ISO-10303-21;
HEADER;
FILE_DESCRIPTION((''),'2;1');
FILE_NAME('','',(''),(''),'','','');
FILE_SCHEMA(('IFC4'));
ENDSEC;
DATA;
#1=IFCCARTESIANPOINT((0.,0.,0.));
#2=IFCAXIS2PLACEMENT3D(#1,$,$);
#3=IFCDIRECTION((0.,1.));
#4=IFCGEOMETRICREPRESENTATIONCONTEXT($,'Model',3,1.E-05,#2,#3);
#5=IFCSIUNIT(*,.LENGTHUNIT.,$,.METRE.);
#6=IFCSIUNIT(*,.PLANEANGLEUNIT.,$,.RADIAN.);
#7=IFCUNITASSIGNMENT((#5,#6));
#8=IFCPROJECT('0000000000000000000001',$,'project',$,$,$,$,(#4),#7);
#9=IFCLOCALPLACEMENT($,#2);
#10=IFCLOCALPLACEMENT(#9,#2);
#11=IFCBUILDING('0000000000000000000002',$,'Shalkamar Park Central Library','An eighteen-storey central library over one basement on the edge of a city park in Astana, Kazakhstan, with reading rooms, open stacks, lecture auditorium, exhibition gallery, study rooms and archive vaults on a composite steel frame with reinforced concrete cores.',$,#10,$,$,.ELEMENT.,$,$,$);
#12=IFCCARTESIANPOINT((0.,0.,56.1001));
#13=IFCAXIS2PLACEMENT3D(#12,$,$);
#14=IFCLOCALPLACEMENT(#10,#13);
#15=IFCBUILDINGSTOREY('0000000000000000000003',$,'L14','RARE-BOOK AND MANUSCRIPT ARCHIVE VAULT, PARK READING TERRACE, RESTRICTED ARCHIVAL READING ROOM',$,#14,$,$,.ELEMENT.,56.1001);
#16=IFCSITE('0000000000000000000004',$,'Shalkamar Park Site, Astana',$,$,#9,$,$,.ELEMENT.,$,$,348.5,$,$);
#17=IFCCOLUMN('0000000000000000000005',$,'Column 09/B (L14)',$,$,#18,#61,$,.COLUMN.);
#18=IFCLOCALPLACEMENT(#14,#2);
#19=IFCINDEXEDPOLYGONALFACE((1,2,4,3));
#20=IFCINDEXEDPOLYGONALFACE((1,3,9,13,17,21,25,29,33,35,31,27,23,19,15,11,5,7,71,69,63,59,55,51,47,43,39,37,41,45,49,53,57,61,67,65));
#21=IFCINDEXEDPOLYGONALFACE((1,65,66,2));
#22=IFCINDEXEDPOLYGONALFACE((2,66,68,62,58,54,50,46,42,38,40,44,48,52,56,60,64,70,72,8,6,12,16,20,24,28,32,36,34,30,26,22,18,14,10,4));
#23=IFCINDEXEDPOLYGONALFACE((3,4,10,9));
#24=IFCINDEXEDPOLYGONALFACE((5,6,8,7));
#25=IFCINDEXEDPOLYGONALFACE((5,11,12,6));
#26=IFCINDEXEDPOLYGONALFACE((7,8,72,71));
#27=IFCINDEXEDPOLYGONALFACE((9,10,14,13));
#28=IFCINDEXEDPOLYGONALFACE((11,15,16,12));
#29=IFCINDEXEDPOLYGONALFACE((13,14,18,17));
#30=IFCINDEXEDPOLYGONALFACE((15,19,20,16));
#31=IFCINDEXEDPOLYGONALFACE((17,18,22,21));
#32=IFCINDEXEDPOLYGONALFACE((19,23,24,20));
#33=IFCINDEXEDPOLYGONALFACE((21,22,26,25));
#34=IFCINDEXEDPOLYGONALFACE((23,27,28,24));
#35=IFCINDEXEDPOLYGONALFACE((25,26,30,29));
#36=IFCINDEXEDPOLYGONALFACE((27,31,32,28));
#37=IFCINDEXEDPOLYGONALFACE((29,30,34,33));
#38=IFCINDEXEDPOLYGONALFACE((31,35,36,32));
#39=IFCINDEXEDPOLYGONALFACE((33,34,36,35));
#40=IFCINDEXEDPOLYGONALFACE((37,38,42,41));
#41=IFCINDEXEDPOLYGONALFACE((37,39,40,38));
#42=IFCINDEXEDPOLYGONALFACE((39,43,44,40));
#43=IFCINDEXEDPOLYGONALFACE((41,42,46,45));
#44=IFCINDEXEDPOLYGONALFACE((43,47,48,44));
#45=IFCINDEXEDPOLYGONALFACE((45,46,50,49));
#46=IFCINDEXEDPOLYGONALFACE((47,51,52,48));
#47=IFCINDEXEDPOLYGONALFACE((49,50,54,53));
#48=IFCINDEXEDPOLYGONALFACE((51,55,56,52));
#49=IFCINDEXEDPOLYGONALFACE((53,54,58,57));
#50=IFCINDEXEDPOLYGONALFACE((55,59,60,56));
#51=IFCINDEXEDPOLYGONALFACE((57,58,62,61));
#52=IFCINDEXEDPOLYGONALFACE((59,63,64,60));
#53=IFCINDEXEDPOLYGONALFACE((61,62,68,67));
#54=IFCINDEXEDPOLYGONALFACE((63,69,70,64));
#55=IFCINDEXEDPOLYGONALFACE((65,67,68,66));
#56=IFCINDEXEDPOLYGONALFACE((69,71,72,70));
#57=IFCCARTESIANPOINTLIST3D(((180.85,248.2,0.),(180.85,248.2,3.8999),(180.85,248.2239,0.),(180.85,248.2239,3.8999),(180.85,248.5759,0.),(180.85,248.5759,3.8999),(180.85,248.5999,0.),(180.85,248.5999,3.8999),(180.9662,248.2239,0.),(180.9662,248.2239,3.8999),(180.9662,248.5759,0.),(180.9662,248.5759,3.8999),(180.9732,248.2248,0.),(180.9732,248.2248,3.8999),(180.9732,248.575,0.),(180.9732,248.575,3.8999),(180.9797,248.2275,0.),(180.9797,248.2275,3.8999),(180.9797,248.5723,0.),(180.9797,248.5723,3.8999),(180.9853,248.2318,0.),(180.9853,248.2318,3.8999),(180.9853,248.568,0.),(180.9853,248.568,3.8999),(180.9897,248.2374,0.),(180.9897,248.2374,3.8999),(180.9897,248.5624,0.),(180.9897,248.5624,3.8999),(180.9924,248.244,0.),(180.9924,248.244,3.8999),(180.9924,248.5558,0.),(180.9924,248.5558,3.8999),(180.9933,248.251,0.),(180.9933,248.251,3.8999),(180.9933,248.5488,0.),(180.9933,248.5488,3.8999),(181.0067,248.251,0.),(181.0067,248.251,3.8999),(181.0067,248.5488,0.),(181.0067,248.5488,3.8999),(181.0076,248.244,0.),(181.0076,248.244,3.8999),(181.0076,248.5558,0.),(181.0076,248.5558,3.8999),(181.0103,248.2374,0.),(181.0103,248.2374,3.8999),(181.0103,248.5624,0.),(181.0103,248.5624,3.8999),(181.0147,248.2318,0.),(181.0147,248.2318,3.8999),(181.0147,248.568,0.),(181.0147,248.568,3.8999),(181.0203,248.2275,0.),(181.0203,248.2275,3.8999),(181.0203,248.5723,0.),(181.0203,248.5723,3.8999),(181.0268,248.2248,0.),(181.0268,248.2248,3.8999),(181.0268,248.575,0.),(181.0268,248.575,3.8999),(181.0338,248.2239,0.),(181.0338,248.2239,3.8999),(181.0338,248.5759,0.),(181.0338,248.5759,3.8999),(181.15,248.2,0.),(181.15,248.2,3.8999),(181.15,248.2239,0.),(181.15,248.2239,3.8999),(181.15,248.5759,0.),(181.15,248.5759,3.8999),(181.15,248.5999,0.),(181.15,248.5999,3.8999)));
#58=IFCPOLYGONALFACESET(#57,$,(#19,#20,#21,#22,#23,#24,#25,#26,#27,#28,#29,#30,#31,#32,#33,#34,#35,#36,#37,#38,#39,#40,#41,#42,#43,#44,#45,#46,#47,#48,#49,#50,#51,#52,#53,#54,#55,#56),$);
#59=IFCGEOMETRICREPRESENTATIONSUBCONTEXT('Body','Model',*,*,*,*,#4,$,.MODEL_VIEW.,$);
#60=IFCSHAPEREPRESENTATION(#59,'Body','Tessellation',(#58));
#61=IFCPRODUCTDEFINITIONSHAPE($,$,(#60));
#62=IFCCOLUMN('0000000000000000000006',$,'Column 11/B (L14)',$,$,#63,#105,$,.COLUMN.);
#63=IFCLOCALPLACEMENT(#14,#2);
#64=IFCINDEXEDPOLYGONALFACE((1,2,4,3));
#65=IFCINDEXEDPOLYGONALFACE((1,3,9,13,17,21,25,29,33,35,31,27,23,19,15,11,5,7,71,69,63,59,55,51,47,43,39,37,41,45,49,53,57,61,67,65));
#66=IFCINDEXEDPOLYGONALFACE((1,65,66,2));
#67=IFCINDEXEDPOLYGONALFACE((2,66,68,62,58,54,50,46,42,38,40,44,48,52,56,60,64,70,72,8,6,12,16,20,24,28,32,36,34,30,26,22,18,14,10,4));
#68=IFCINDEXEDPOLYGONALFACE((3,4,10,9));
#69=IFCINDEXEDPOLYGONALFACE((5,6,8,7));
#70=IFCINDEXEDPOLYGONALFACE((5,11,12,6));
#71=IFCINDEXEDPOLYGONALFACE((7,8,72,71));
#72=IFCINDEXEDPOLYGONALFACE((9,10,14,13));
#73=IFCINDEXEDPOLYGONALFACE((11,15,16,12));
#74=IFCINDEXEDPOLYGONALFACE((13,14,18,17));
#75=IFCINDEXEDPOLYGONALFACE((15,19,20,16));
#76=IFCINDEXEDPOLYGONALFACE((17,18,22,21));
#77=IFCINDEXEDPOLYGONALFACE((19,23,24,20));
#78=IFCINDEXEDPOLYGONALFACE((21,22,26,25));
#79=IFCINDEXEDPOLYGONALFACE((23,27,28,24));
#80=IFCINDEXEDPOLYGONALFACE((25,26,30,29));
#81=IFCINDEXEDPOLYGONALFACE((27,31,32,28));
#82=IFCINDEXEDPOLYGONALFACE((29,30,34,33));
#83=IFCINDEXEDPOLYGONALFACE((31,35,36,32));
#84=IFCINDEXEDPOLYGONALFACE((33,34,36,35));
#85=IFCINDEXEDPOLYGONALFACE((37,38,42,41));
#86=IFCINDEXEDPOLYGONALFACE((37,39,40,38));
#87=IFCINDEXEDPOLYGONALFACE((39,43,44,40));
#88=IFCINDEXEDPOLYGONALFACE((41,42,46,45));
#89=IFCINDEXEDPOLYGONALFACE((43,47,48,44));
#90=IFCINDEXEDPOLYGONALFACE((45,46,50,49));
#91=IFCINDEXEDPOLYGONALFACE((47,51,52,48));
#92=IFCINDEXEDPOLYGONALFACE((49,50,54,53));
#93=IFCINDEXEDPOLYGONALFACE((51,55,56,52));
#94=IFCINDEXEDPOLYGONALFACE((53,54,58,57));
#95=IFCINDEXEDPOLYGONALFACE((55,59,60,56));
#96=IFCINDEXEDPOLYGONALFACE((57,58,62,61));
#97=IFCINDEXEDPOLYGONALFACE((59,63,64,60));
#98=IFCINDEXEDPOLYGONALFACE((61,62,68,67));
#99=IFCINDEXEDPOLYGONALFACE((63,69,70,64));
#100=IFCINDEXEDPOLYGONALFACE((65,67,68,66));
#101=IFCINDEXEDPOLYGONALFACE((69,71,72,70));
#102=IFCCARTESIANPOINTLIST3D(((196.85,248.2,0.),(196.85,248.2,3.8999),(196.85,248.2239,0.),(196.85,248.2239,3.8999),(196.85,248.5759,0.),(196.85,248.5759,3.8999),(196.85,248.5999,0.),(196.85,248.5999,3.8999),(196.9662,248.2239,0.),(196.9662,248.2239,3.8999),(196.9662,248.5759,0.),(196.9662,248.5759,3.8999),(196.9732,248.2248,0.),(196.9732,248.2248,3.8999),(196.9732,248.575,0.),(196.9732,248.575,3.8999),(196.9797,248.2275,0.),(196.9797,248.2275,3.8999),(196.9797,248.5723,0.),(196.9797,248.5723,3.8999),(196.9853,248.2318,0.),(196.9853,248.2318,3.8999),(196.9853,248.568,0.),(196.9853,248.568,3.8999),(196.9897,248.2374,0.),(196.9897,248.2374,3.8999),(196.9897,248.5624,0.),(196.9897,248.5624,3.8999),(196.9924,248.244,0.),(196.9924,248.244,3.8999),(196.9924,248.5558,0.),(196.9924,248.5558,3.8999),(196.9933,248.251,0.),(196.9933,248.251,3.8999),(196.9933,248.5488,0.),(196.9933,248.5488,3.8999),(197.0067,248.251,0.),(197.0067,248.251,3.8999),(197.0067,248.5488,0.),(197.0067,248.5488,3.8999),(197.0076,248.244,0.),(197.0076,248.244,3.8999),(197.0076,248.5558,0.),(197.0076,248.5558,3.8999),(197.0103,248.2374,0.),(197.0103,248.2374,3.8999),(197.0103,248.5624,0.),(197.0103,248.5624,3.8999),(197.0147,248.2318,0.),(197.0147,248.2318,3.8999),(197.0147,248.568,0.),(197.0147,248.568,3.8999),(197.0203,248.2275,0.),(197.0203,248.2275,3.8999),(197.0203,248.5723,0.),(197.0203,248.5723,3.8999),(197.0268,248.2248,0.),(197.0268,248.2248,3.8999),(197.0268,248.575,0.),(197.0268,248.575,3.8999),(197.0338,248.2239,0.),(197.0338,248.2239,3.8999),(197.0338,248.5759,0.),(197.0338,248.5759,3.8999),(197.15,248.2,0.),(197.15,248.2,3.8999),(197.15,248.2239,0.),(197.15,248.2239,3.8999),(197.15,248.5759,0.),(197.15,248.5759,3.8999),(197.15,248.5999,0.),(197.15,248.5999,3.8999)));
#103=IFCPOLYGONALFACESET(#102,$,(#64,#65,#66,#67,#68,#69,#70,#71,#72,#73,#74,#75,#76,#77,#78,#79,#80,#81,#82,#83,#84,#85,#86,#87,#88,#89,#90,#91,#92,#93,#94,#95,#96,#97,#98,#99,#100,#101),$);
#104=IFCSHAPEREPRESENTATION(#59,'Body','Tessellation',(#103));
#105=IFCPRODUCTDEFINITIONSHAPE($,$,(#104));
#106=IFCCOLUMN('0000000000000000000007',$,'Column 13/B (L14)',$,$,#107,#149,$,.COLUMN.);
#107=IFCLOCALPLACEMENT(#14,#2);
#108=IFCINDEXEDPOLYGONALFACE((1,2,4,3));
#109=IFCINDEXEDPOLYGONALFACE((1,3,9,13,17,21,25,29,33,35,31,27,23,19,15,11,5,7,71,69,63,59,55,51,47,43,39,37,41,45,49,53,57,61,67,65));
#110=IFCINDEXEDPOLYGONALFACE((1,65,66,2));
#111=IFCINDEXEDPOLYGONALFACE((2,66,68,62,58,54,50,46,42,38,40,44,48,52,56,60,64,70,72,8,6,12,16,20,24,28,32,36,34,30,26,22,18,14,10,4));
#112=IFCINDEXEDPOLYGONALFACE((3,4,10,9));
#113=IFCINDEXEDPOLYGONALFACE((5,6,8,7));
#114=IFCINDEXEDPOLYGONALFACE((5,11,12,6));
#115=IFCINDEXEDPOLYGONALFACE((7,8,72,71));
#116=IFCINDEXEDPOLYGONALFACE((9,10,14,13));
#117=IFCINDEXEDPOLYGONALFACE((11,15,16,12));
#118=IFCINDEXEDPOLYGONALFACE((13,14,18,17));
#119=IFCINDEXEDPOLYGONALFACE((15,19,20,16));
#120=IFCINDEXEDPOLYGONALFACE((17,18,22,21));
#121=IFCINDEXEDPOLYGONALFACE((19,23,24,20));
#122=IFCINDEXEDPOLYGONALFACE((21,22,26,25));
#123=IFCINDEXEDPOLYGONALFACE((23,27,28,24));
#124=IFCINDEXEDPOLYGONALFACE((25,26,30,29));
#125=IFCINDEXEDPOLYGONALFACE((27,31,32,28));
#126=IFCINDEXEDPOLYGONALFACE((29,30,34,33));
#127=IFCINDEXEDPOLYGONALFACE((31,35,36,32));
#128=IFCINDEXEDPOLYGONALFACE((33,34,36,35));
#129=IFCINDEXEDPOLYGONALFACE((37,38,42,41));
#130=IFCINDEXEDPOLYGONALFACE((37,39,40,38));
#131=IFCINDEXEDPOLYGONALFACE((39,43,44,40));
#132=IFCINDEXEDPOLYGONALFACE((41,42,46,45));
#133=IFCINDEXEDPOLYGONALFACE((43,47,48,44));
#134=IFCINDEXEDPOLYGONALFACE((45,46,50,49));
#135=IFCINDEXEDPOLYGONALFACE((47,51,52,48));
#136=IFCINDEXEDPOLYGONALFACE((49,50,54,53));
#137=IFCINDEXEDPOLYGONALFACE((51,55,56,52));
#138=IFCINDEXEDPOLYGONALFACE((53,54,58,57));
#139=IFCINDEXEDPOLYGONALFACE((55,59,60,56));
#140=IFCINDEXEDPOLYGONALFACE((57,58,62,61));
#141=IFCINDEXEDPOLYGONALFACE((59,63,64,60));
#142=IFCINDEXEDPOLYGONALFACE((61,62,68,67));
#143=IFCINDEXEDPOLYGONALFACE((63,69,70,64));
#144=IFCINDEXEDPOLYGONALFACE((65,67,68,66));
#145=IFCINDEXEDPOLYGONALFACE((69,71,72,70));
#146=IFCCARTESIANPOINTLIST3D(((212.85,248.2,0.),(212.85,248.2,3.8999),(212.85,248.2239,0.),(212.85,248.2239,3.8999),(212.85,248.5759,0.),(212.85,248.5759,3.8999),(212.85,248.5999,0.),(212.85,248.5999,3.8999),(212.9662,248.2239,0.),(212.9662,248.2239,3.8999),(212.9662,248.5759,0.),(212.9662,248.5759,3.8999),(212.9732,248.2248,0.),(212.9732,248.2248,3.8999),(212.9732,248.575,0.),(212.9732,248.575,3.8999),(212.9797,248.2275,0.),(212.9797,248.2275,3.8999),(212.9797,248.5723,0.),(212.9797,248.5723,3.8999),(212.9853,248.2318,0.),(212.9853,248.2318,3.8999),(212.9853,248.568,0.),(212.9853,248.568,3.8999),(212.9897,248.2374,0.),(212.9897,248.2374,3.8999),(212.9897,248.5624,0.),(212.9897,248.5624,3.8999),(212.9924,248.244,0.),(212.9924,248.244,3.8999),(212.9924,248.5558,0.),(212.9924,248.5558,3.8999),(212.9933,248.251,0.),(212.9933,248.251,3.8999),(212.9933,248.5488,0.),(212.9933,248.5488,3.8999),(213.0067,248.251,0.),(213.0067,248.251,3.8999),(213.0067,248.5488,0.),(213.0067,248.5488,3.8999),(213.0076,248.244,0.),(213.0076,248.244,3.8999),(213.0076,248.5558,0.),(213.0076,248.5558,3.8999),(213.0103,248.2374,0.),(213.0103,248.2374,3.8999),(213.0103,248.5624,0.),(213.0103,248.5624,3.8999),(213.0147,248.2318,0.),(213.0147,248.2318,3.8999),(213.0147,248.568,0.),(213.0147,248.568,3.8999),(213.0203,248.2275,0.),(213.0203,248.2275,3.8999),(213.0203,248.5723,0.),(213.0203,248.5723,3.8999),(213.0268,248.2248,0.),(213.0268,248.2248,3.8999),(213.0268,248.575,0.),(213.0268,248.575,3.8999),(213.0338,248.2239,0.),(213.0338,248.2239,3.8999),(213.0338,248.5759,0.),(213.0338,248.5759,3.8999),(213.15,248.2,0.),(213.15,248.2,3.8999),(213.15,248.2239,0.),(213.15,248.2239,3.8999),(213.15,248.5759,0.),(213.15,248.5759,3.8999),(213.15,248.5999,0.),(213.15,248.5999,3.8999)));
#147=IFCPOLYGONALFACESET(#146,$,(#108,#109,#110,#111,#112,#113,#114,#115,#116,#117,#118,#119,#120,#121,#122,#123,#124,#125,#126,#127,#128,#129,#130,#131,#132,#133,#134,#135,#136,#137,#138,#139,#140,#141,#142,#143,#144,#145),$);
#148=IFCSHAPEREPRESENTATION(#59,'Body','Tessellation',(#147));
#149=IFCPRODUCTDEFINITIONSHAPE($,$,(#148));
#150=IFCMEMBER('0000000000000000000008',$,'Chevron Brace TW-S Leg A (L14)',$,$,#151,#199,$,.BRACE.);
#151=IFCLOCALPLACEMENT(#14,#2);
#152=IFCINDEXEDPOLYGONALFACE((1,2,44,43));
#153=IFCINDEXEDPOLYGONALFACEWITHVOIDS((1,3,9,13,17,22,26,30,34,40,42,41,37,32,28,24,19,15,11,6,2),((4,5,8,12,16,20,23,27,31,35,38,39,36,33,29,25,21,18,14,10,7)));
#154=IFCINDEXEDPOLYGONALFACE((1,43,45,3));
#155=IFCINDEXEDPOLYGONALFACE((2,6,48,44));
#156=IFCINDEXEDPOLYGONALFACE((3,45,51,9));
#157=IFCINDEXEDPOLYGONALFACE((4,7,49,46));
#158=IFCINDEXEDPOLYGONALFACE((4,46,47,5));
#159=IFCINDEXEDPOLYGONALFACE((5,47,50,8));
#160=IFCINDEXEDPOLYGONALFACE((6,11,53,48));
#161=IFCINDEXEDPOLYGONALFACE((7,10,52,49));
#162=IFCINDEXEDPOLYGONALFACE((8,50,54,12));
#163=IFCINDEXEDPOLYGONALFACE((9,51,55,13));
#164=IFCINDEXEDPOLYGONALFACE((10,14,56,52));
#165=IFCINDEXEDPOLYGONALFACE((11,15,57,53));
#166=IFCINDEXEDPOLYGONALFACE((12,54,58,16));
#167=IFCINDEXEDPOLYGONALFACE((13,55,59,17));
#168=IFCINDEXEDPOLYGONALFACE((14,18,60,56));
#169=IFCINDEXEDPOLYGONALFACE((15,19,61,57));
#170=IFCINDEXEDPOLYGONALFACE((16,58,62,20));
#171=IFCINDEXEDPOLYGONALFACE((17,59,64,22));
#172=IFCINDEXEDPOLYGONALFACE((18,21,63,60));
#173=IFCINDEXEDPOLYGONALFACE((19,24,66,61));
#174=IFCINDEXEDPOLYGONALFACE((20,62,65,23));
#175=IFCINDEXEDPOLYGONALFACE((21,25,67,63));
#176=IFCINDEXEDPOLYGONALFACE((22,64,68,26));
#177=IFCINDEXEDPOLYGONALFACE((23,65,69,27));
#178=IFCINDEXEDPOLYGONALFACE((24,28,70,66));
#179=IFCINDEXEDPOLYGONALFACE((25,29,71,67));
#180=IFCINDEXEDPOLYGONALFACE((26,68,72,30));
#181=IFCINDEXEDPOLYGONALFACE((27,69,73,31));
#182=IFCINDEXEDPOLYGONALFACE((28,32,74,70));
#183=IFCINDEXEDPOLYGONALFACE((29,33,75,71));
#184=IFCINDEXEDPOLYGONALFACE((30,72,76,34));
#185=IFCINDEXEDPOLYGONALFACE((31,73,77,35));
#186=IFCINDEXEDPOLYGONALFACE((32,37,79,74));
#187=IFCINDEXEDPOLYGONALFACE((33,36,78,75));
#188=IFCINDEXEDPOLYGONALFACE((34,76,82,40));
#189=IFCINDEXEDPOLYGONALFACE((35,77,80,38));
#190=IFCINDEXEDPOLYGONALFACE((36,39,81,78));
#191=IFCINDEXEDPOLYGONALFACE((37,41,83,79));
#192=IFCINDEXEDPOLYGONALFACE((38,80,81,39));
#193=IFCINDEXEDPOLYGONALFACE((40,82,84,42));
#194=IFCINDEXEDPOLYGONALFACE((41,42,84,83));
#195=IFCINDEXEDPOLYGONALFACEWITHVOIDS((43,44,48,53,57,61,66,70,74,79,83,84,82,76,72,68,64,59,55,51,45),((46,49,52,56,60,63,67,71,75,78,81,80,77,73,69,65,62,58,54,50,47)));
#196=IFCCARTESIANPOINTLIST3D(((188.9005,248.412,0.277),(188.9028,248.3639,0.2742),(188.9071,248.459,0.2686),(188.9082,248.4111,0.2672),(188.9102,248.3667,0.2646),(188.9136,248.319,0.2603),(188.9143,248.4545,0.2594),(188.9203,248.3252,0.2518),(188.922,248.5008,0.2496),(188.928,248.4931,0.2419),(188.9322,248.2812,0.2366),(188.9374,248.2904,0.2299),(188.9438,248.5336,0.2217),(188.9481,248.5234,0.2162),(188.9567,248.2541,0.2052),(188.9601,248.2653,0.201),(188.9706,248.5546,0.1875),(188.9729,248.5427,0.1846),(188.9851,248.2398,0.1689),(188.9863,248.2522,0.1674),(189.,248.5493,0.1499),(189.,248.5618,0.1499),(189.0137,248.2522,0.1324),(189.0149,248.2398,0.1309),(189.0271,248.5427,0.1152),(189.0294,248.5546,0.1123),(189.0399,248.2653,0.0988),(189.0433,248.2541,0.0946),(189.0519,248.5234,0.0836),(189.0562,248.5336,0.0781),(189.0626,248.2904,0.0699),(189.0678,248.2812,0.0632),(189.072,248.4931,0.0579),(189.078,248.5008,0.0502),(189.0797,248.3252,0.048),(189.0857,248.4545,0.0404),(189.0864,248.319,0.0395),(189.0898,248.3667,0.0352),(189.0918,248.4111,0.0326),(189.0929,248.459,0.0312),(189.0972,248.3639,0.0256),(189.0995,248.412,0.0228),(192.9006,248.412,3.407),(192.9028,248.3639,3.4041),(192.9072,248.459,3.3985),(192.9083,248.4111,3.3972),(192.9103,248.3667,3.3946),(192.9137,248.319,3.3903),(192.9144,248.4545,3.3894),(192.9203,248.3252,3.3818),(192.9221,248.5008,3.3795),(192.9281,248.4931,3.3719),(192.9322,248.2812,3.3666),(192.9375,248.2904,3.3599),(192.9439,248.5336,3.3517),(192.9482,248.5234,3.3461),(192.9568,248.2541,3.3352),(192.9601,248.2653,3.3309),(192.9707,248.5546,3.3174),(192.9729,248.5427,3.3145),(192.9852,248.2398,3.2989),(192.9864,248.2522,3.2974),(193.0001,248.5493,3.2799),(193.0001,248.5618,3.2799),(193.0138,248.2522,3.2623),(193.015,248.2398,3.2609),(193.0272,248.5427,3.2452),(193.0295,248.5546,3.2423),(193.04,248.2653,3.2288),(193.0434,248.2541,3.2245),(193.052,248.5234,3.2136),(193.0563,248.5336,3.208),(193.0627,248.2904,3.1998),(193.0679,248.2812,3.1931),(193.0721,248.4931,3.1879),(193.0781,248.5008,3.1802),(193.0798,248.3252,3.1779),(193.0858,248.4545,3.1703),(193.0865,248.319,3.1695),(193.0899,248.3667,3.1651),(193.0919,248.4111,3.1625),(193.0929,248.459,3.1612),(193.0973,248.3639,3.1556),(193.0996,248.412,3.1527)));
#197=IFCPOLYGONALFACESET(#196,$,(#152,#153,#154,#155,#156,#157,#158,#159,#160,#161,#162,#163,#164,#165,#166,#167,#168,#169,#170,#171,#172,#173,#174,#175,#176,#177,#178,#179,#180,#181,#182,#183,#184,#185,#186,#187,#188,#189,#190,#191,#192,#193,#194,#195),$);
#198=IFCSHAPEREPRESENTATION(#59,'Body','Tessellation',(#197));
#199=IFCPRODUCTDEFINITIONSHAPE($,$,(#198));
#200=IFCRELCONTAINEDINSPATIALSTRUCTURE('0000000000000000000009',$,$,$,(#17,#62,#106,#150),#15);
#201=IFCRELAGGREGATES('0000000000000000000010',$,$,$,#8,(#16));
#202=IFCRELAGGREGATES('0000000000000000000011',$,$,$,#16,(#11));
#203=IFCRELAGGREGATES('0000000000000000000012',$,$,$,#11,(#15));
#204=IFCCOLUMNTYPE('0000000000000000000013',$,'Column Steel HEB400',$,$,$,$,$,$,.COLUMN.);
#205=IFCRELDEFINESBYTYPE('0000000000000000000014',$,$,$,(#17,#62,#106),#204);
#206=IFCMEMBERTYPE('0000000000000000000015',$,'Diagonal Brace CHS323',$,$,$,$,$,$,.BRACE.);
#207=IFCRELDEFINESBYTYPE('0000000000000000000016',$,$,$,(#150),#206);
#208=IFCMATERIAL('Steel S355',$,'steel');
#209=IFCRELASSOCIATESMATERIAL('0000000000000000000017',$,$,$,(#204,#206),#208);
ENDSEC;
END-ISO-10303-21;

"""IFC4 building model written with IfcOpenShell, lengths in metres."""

from ifc_helpers import new_model, si_unit, direction, frame, origin, origin_2d, place, context, subcontext, project, spatial, hollow_circle, i_section, extrude, material, material_profile, profile_set, type_object, element, save


model = new_model("IFC4")

# Units and contexts
model_context = context("Model", 3, precision=1e-05, world=origin(), true_north=direction((0.0, 1.0)))
body_context = subcontext(model_context, "Body", "Model", "MODEL_VIEW")
ifc_project = project(units=[si_unit("LENGTHUNIT", "METRE"), si_unit("PLANEANGLEUNIT", "RADIAN")], contexts=[model_context])

# Site, building, storey
site_placement = place(None, origin())
site = spatial("IfcSite", under=ifc_project, at=site_placement, Name="Shalkamar Park Site, Astana", CompositionType="ELEMENT", RefElevation=348.5)
building_placement = place(site_placement, origin())
building = spatial("IfcBuilding", under=site, at=building_placement, Name="Shalkamar Park Central Library", Description="An eighteen-storey central library over one basement on the edge of a city park in Astana, Kazakhstan, with reading rooms, open stacks, lecture auditorium, exhibition gallery, study rooms and archive vaults on a composite steel frame with reinforced concrete cores.", CompositionType="ELEMENT")
storey_placement = place(building_placement, frame((0.0, 0.0, 56.1001)))
storey = spatial("IfcBuildingStorey", under=building, at=storey_placement, Name="L14", Description="RARE-BOOK AND MANUSCRIPT ARCHIVE VAULT, PARK READING TERRACE, RESTRICTED ARCHIVAL READING ROOM", CompositionType="ELEMENT", Elevation=56.1001)

# Columns
ifc_material_1 = material(Name="Steel S355", Category="steel")
ifc_material_profile_1 = material_profile(ifc_material_1, i_section(OverallWidth=0.3, OverallDepth=0.3999, WebThickness=0.0134, FlangeThickness=0.0239, FilletRadius=0.0271, at=origin_2d()), Name="HEB 400")
ifc_profile_set_1 = profile_set([ifc_material_profile_1], Name="Steel S355")
column_type_1 = type_object("IfcColumnType", Name="Column Steel HEB400", PredefinedType="COLUMN", material=ifc_profile_set_1)
for number, where, z_axis, x_axis, name in (
    (1, (181.0, 248.3999, 0.0), (0.0, 0.0, 1.0), (1.0, 0.0, 0.0), "Column 09/B (L14)"),
    (2, (197.0, 248.3999, 0.0), (0.0, 0.0, 1.0), (1.0, 0.0, 0.0), "Column 11/B (L14)"),
    (3, (213.0, 248.3999, 0.0), (0.0, 0.0, 1.0), (1.0, 0.0, 0.0), "Column 13/B (L14)"),
):
    element("IfcColumn", number, at=place(storey_placement, frame(where, z_axis=z_axis, x_axis=x_axis)), inside=storey, type_object=column_type_1, Name=name, PredefinedType="COLUMN", context=body_context, shape_type="SweptSolid", body=[
        extrude(i_section(OverallWidth=0.3, OverallDepth=0.3999, WebThickness=0.0134, FlangeThickness=0.0239, FilletRadius=0.0271, at=origin_2d()), origin(), (0.0, 0.0, 1.0), 3.8999),
    ])

# Member
ifc_material_profile_2 = material_profile(ifc_material_1, hollow_circle(Radius=0.1619, WallThickness=0.0125, at=origin_2d()), Name="CHS 323.9x12.5")
ifc_profile_set_2 = profile_set([ifc_material_profile_2], Name="Steel S355")
member_type = type_object("IfcMemberType", Name="Diagonal Brace CHS323", PredefinedType="BRACE", material=ifc_profile_set_2)
for number, where, z_axis, x_axis, name in (
    (4, (189.0, 248.3999, 0.1499), (0.787558, 0.0, 0.616241), (0.0, 1.0, 0.0), "Chevron Brace TW-S Leg A (L14)"),
):
    element("IfcMember", number, at=place(storey_placement, frame(where, z_axis=z_axis, x_axis=x_axis)), inside=storey, type_object=member_type, Name=name, PredefinedType="BRACE", context=body_context, shape_type="SweptSolid", body=[
        extrude(hollow_circle(Radius=0.1619, WallThickness=0.0125, at=origin_2d()), origin(), (0.0, 0.0, 1.0), 5.0791),
    ])

save(model, "model.ifc")
